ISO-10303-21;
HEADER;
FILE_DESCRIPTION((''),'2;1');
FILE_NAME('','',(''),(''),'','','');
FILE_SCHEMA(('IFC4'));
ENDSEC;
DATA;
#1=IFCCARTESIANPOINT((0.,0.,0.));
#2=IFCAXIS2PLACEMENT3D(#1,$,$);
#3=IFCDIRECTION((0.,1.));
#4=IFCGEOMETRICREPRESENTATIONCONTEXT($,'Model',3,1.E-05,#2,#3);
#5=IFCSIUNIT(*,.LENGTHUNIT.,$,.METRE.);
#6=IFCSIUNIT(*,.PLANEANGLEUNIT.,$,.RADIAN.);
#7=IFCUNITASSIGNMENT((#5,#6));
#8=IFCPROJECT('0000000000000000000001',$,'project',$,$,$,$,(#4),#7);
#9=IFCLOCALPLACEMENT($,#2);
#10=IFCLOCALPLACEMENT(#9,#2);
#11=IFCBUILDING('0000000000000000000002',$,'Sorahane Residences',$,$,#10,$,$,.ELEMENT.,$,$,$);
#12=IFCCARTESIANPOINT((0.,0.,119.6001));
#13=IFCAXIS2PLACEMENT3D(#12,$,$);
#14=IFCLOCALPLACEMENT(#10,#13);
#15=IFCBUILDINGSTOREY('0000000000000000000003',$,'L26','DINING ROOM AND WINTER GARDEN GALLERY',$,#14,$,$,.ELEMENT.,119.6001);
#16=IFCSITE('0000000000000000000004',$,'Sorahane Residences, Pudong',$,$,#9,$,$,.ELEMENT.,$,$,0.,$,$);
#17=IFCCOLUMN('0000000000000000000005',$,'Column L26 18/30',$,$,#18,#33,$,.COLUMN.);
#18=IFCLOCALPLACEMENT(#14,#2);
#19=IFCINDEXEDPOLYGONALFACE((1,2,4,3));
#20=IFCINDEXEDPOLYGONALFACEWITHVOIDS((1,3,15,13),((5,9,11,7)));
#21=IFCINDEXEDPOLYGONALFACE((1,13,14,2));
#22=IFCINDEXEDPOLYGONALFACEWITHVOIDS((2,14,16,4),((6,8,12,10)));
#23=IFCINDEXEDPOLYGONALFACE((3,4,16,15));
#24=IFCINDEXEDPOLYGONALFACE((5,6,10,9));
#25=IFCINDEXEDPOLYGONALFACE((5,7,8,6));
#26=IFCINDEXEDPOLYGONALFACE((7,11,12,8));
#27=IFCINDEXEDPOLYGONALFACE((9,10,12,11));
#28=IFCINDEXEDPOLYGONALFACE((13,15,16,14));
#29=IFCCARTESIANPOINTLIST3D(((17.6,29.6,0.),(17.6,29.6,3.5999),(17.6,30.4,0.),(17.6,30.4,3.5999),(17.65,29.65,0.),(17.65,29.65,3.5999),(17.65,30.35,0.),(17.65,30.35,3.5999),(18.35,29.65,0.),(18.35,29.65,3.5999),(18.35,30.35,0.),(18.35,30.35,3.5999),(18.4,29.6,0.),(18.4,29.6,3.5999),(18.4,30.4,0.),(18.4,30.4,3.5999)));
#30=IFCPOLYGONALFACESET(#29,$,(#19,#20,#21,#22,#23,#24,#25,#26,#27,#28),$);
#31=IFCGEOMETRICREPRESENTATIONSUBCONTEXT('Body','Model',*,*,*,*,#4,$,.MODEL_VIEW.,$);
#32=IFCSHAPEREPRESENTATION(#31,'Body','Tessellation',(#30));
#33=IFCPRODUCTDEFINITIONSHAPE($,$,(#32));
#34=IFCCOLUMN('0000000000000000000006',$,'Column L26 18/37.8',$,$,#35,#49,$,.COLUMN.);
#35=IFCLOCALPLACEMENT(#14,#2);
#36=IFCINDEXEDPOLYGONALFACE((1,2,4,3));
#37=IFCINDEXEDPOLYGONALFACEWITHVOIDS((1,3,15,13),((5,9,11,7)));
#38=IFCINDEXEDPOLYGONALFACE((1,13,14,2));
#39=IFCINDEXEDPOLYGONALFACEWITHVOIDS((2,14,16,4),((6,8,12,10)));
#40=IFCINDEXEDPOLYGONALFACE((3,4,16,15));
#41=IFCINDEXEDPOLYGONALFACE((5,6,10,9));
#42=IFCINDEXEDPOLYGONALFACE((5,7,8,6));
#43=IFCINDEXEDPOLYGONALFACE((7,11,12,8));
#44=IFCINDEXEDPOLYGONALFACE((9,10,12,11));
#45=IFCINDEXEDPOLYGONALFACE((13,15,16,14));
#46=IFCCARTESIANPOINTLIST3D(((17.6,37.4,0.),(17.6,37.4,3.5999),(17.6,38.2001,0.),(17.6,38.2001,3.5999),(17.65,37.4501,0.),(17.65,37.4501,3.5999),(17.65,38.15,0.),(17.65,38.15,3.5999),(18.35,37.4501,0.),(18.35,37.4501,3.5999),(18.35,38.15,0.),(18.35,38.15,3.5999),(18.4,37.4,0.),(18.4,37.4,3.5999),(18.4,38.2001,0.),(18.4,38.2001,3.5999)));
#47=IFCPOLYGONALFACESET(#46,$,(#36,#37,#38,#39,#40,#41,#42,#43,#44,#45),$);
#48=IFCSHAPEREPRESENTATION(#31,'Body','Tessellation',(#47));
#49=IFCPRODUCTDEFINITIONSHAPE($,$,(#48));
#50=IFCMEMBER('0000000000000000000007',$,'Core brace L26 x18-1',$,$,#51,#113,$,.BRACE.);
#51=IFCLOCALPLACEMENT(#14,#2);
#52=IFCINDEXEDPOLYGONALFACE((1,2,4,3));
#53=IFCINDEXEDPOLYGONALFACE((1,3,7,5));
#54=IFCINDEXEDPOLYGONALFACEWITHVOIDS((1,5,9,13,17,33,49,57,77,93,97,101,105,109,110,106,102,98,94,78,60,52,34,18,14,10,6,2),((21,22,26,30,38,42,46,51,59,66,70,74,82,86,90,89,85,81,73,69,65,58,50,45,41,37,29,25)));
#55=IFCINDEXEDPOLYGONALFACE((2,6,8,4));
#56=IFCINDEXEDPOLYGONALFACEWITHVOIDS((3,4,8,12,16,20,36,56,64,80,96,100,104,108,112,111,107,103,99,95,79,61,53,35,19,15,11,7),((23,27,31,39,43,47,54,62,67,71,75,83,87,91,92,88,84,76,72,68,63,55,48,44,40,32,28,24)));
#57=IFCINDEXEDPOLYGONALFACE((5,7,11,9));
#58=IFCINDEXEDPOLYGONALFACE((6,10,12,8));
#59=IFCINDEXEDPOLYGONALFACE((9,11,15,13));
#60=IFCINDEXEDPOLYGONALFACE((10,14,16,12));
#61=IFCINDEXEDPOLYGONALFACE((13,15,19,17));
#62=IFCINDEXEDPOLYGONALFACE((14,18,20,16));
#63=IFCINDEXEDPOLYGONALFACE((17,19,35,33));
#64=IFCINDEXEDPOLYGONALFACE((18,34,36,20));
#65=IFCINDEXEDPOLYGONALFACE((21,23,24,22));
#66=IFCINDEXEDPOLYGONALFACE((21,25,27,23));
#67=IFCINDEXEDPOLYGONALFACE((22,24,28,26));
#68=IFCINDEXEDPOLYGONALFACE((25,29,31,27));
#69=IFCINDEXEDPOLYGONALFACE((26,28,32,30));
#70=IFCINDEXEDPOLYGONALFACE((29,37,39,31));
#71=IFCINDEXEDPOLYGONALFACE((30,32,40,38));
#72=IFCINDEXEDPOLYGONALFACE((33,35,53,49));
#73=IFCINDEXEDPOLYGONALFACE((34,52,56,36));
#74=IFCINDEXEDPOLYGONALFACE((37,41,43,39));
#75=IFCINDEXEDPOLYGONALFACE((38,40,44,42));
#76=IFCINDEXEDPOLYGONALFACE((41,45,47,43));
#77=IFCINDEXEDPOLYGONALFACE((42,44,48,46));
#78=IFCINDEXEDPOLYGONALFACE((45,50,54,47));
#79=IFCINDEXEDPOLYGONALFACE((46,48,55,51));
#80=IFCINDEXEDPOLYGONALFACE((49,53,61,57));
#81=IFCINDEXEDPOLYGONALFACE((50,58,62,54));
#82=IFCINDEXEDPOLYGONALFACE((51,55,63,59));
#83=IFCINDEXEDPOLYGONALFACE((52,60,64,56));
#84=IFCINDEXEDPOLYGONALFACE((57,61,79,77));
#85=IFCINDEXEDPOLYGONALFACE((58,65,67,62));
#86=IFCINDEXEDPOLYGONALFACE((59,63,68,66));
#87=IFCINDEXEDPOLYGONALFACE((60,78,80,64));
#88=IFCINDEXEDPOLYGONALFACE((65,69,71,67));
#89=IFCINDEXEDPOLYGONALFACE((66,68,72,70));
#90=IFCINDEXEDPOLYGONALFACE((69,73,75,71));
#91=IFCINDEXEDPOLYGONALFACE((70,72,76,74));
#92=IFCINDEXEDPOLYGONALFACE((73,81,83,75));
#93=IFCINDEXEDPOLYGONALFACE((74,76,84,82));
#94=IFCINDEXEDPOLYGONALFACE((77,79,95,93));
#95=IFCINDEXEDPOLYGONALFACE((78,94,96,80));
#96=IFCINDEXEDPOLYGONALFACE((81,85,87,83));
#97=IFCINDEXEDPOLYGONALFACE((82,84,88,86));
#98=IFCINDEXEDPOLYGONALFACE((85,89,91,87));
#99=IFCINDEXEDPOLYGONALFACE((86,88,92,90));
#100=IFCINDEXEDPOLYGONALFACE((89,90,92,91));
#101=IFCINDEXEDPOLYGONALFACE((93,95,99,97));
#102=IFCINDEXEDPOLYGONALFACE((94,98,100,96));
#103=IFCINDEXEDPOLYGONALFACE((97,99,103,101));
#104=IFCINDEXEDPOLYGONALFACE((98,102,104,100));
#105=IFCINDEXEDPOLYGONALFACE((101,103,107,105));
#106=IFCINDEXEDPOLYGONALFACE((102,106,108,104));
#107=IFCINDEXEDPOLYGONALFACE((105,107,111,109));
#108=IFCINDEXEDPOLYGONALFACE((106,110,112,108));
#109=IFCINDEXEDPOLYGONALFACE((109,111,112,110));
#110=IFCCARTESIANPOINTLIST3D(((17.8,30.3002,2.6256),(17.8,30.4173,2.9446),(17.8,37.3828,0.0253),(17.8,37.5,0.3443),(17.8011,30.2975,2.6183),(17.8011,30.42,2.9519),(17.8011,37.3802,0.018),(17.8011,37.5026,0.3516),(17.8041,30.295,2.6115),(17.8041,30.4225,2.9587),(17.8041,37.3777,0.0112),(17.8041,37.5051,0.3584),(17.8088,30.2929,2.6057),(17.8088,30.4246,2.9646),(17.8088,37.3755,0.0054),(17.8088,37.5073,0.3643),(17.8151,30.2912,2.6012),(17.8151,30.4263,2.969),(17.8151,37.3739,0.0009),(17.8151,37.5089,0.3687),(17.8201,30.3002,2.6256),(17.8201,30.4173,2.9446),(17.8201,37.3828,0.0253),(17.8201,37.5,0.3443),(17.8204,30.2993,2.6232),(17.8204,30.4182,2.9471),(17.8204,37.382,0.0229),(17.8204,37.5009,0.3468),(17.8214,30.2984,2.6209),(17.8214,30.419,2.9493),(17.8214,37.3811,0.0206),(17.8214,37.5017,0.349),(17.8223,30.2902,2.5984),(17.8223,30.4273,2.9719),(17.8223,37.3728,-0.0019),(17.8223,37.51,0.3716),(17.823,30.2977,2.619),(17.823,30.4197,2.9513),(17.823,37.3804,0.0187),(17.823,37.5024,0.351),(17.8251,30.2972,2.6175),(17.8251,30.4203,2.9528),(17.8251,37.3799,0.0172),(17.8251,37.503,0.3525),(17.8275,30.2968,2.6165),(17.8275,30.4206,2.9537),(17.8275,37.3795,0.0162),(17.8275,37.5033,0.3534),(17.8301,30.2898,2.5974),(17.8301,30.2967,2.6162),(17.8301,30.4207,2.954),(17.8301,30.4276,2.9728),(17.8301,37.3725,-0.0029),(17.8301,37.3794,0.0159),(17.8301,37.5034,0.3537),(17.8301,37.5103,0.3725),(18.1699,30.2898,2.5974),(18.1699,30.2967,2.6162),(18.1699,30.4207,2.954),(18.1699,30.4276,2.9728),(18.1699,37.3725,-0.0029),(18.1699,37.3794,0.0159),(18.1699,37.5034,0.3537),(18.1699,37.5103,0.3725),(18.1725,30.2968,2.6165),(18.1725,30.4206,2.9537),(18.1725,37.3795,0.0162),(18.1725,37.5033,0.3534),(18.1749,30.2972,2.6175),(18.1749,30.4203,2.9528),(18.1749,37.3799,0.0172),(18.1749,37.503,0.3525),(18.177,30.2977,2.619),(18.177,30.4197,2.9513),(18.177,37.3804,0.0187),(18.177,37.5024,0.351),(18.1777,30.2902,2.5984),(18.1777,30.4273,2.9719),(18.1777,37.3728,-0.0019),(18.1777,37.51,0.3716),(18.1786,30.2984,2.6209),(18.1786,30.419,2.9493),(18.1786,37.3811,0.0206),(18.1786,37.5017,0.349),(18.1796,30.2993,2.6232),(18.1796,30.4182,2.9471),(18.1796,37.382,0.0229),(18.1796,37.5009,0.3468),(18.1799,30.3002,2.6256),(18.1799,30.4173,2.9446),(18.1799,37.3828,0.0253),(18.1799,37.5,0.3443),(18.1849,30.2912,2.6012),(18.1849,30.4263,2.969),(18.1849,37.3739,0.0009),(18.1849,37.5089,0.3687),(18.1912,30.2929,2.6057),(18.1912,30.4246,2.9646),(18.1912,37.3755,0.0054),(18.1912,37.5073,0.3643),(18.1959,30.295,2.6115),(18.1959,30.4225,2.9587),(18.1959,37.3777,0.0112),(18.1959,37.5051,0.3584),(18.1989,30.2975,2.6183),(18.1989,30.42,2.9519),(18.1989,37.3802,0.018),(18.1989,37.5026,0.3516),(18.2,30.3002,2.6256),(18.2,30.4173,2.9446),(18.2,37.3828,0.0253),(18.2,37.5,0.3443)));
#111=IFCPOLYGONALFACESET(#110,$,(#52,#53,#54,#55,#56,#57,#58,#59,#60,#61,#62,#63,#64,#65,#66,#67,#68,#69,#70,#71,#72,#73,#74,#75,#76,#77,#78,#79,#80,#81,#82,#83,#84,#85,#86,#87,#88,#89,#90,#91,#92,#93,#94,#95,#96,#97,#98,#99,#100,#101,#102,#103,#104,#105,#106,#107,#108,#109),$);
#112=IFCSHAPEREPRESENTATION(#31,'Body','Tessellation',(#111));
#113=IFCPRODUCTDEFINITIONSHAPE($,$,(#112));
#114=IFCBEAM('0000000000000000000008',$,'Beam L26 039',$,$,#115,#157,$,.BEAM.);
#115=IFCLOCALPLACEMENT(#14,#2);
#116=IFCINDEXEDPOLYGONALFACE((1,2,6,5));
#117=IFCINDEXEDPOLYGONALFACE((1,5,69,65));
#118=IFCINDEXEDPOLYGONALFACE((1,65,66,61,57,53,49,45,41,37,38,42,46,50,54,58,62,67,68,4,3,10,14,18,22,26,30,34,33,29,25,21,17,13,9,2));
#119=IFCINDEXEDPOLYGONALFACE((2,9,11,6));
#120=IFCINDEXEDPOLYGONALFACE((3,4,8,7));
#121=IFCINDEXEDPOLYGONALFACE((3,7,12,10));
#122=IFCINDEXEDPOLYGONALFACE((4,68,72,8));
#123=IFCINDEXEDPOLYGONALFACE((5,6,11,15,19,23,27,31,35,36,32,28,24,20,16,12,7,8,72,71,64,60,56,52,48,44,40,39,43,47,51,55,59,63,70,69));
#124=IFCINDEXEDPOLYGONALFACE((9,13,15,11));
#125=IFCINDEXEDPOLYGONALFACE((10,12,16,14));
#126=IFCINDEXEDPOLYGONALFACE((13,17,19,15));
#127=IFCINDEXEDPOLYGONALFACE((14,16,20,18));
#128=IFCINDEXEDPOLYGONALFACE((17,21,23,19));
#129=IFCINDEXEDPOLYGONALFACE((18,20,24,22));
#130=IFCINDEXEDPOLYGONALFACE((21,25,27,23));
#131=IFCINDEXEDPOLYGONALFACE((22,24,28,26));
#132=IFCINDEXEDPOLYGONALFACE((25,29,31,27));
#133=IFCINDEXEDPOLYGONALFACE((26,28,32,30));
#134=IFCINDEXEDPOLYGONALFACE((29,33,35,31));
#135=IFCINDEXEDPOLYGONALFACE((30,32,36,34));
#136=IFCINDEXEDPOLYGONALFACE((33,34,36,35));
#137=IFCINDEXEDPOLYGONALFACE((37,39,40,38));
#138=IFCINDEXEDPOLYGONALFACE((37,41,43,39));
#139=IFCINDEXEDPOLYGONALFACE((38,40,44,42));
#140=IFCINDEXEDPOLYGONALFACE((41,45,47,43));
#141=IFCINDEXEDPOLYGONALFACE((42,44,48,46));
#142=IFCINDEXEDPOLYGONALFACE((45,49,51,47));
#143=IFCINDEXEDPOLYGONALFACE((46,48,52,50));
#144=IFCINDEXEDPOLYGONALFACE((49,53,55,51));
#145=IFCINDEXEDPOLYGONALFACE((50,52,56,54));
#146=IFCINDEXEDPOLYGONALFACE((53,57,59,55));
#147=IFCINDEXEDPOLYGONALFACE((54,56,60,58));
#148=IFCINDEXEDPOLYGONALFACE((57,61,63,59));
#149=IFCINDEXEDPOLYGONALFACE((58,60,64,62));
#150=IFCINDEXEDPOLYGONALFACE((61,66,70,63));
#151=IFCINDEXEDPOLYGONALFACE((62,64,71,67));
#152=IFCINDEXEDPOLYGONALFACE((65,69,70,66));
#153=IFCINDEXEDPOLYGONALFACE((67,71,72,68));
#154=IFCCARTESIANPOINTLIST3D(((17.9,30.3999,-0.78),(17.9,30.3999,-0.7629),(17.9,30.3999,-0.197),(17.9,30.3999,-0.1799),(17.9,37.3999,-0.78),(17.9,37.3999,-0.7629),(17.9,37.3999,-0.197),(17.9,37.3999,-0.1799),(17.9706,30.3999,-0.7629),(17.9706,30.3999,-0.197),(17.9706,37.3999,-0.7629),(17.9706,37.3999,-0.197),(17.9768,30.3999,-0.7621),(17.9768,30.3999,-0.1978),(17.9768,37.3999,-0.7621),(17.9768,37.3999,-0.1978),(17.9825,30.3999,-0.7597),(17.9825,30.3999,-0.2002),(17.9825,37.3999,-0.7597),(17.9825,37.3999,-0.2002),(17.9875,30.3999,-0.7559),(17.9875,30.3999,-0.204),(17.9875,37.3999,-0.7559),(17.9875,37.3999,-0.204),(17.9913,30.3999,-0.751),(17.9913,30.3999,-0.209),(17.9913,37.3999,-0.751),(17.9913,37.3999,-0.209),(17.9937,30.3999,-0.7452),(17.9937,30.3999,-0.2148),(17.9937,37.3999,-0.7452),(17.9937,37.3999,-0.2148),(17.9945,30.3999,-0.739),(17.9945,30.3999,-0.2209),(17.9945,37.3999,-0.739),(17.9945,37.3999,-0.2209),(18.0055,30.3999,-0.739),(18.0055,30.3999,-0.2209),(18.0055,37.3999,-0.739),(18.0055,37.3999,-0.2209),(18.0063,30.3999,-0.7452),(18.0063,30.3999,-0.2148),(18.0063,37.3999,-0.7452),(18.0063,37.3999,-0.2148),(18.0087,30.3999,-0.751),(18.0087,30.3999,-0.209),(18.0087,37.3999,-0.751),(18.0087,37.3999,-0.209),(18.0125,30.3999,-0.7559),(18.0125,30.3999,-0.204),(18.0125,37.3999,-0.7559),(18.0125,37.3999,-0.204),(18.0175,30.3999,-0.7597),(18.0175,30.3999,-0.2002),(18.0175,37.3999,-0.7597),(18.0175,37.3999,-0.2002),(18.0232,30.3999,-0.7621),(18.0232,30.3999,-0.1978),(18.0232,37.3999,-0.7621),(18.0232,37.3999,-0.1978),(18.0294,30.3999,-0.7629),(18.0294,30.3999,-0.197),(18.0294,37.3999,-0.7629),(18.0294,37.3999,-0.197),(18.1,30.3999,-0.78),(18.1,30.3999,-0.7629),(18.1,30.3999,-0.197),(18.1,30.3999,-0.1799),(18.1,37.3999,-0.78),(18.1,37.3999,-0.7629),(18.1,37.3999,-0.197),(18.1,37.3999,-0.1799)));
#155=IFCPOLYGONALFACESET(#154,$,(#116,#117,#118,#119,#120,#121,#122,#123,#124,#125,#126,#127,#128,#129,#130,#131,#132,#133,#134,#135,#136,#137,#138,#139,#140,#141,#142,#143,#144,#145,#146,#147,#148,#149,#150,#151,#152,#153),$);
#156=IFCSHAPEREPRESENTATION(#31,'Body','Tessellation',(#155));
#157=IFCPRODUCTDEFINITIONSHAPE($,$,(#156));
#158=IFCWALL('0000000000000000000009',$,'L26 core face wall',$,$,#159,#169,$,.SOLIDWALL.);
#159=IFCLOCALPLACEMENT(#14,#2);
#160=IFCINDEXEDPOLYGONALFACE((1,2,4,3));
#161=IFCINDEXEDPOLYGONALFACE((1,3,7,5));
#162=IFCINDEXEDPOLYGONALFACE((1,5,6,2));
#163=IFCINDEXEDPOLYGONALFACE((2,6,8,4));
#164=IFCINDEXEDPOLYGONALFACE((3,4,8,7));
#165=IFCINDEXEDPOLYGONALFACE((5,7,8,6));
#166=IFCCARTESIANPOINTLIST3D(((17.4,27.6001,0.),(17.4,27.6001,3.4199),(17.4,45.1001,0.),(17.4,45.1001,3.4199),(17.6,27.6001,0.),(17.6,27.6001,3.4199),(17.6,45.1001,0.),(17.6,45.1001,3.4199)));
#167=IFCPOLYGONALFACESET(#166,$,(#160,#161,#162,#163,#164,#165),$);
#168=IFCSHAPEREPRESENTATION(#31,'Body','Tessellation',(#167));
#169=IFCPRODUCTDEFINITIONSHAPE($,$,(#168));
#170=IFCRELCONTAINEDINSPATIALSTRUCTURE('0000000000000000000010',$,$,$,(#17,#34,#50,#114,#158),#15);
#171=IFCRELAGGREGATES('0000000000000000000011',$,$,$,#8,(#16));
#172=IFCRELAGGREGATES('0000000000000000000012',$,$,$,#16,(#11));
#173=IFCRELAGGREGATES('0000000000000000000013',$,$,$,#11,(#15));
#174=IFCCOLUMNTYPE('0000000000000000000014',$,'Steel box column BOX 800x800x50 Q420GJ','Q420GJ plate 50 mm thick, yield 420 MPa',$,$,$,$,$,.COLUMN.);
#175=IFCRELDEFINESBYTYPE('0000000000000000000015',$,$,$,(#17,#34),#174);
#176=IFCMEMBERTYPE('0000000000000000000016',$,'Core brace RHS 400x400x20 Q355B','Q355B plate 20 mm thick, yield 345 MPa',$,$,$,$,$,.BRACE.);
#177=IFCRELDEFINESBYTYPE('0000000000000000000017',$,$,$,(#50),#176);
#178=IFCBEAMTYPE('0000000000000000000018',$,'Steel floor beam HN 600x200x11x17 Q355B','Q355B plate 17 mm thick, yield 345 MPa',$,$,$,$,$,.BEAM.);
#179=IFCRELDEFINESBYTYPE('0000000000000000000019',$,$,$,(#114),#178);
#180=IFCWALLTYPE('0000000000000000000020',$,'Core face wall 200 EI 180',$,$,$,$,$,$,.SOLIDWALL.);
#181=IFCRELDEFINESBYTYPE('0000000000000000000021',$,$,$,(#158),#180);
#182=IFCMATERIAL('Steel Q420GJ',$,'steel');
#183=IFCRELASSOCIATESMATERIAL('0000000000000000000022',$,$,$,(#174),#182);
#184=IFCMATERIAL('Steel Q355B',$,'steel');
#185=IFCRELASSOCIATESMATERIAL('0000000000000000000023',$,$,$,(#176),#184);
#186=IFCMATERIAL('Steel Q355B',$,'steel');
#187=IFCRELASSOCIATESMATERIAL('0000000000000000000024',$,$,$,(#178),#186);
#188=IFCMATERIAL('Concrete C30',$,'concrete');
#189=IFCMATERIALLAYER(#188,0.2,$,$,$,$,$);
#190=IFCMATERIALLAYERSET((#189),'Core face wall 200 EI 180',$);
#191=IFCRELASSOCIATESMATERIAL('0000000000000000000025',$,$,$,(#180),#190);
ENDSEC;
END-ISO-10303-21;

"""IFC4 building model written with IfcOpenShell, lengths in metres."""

from ifc_helpers import new_model, si_unit, direction, frame, frame_2d, origin, origin_2d, place, context, subcontext, project, spatial, rectangle, hollow_rectangle, i_section, extrude, material, layer, layer_set, material_profile, profile_set, type_object, element, save


model = new_model("IFC4")

# Units and contexts
model_context = context("Model", 3, precision=1e-05, world=origin(), true_north=direction((0.0, 1.0)))
body_context = subcontext(model_context, "Body", "Model", "MODEL_VIEW")
ifc_project = project(units=[si_unit("LENGTHUNIT", "METRE"), si_unit("PLANEANGLEUNIT", "RADIAN")], contexts=[model_context])

# Site, building, storey
site_placement = place(None, origin())
site = spatial("IfcSite", under=ifc_project, at=site_placement, Name="Sorahane Residences, Pudong", CompositionType="ELEMENT", RefElevation=0.0)
building_placement = place(site_placement, origin())
building = spatial("IfcBuilding", under=site, at=building_placement, Name="Sorahane Residences", CompositionType="ELEMENT")
storey_placement = place(building_placement, frame((0.0, 0.0, 119.6001)))
storey = spatial("IfcBuildingStorey", under=building, at=storey_placement, Name="L26", Description="DINING ROOM AND WINTER GARDEN GALLERY", CompositionType="ELEMENT", Elevation=119.6001)

# Columns
ifc_material_1 = material(Name="Steel Q420GJ", Category="steel")
ifc_material_profile_1 = material_profile(ifc_material_1, hollow_rectangle(XDim=0.8, YDim=0.8, WallThickness=0.05, at=origin_2d()), Name="BOX 800x800x50")
ifc_profile_set_1 = profile_set([ifc_material_profile_1], Name="Steel Q420GJ")
column_type = type_object("IfcColumnType", Name="Steel box column BOX 800x800x50 Q420GJ", Description="Q420GJ plate 50 mm thick, yield 420 MPa", PredefinedType="COLUMN", material=ifc_profile_set_1)
for number, where, z_axis, x_axis, name in (
    (1, (18.0, 30.0, 0.0), (0.0, 0.0, 1.0), (1.0, 0.0, 0.0), "Column L26 18/30"),
    (2, (18.0, 37.8, 0.0), (0.0, 0.0, 1.0), (1.0, 0.0, 0.0), "Column L26 18/37.8"),
):
    element("IfcColumn", number, at=place(storey_placement, frame(where, z_axis=z_axis, x_axis=x_axis)), inside=storey, type_object=column_type, Name=name, PredefinedType="COLUMN", context=body_context, shape_type="SweptSolid", body=[
        extrude(hollow_rectangle(XDim=0.8, YDim=0.8, WallThickness=0.05, at=origin_2d()), origin(), (0.0, 0.0, 1.0), 3.5999),
    ])

# Member
ifc_material_2 = material(Name="Steel Q355B", Category="steel")
ifc_material_profile_2 = material_profile(ifc_material_2, hollow_rectangle(XDim=0.3999, YDim=0.3999, WallThickness=0.02, InnerFilletRadius=0.01, OuterFilletRadius=0.03, at=origin_2d()), Name="RHS 400x400x20")
ifc_profile_set_2 = profile_set([ifc_material_profile_2], Name="Steel Q355B")
member_type = type_object("IfcMemberType", Name="Core brace RHS 400x400x20 Q355B", Description="Q355B plate 20 mm thick, yield 345 MPa", PredefinedType="BRACE", material=ifc_profile_set_2)
member_placement = place(storey_placement, frame((18.0, 37.4414, 0.1848), z_axis=(0.0, -0.938734, 0.344643), x_axis=(1.0, 0.0, 0.0)))
element("IfcMember", 3, at=member_placement, inside=storey, type_object=member_type, Name="Core brace L26 x18-1", PredefinedType="BRACE", context=body_context, shape_type="SweptSolid", body=[
    extrude(hollow_rectangle(XDim=0.3999, YDim=0.3999, WallThickness=0.02, InnerFilletRadius=0.01, OuterFilletRadius=0.03, at=origin_2d()), origin(), (0.0, 0.0, 1.0), 7.5449),
])

# Beam
ifc_material_3 = material(Name="Steel Q355B", Category="steel")
ifc_material_profile_3 = material_profile(ifc_material_3, i_section(OverallWidth=0.2, OverallDepth=0.6001, WebThickness=0.011, FlangeThickness=0.0171, FilletRadius=0.0239, at=origin_2d()), Name="HN 600x200x11x17")
ifc_profile_set_3 = profile_set([ifc_material_profile_3], Name="Steel Q355B")
beam_type = type_object("IfcBeamType", Name="Steel floor beam HN 600x200x11x17 Q355B", Description="Q355B plate 17 mm thick, yield 345 MPa", PredefinedType="BEAM", material=ifc_profile_set_3)
beam_placement = place(storey_placement, frame((18.0, 30.3999, -0.48), z_axis=(0.0, 1.0, 0.0), x_axis=(-1.0, 0.0, 0.0)))
element("IfcBeam", 4, at=beam_placement, inside=storey, type_object=beam_type, Name="Beam L26 039", PredefinedType="BEAM", context=body_context, shape_type="SweptSolid", body=[
    extrude(i_section(OverallWidth=0.2, OverallDepth=0.6001, WebThickness=0.011, FlangeThickness=0.0171, FilletRadius=0.0239, at=origin_2d()), origin(), (0.0, 0.0, 1.0), 7.0),
])

# Wall
ifc_material_4 = material(Name="Concrete C30", Category="concrete")
ifc_layer_1 = layer(ifc_material_4, 0.2)
ifc_layer_set_1 = layer_set([ifc_layer_1], Name="Core face wall 200 EI 180")
wall_type_1 = type_object("IfcWallType", Name="Core face wall 200 EI 180", PredefinedType="SOLIDWALL", material=ifc_layer_set_1)
wall_1_placement = place(storey_placement, frame((17.5, 27.6001, 0.0), z_axis=(0.0, 0.0, 1.0), x_axis=(0.0, 1.0, 0.0)))
element("IfcWall", 5, at=wall_1_placement, inside=storey, type_object=wall_type_1, Name="L26 core face wall", PredefinedType="SOLIDWALL", context=body_context, shape_type="SweptSolid", body=[
    extrude(rectangle(XDim=17.5, YDim=0.2, at=frame_2d((8.75, 0.0))), origin(), (0.0, 0.0, 1.0), 3.4199),
])

save(model, "model.ifc")
